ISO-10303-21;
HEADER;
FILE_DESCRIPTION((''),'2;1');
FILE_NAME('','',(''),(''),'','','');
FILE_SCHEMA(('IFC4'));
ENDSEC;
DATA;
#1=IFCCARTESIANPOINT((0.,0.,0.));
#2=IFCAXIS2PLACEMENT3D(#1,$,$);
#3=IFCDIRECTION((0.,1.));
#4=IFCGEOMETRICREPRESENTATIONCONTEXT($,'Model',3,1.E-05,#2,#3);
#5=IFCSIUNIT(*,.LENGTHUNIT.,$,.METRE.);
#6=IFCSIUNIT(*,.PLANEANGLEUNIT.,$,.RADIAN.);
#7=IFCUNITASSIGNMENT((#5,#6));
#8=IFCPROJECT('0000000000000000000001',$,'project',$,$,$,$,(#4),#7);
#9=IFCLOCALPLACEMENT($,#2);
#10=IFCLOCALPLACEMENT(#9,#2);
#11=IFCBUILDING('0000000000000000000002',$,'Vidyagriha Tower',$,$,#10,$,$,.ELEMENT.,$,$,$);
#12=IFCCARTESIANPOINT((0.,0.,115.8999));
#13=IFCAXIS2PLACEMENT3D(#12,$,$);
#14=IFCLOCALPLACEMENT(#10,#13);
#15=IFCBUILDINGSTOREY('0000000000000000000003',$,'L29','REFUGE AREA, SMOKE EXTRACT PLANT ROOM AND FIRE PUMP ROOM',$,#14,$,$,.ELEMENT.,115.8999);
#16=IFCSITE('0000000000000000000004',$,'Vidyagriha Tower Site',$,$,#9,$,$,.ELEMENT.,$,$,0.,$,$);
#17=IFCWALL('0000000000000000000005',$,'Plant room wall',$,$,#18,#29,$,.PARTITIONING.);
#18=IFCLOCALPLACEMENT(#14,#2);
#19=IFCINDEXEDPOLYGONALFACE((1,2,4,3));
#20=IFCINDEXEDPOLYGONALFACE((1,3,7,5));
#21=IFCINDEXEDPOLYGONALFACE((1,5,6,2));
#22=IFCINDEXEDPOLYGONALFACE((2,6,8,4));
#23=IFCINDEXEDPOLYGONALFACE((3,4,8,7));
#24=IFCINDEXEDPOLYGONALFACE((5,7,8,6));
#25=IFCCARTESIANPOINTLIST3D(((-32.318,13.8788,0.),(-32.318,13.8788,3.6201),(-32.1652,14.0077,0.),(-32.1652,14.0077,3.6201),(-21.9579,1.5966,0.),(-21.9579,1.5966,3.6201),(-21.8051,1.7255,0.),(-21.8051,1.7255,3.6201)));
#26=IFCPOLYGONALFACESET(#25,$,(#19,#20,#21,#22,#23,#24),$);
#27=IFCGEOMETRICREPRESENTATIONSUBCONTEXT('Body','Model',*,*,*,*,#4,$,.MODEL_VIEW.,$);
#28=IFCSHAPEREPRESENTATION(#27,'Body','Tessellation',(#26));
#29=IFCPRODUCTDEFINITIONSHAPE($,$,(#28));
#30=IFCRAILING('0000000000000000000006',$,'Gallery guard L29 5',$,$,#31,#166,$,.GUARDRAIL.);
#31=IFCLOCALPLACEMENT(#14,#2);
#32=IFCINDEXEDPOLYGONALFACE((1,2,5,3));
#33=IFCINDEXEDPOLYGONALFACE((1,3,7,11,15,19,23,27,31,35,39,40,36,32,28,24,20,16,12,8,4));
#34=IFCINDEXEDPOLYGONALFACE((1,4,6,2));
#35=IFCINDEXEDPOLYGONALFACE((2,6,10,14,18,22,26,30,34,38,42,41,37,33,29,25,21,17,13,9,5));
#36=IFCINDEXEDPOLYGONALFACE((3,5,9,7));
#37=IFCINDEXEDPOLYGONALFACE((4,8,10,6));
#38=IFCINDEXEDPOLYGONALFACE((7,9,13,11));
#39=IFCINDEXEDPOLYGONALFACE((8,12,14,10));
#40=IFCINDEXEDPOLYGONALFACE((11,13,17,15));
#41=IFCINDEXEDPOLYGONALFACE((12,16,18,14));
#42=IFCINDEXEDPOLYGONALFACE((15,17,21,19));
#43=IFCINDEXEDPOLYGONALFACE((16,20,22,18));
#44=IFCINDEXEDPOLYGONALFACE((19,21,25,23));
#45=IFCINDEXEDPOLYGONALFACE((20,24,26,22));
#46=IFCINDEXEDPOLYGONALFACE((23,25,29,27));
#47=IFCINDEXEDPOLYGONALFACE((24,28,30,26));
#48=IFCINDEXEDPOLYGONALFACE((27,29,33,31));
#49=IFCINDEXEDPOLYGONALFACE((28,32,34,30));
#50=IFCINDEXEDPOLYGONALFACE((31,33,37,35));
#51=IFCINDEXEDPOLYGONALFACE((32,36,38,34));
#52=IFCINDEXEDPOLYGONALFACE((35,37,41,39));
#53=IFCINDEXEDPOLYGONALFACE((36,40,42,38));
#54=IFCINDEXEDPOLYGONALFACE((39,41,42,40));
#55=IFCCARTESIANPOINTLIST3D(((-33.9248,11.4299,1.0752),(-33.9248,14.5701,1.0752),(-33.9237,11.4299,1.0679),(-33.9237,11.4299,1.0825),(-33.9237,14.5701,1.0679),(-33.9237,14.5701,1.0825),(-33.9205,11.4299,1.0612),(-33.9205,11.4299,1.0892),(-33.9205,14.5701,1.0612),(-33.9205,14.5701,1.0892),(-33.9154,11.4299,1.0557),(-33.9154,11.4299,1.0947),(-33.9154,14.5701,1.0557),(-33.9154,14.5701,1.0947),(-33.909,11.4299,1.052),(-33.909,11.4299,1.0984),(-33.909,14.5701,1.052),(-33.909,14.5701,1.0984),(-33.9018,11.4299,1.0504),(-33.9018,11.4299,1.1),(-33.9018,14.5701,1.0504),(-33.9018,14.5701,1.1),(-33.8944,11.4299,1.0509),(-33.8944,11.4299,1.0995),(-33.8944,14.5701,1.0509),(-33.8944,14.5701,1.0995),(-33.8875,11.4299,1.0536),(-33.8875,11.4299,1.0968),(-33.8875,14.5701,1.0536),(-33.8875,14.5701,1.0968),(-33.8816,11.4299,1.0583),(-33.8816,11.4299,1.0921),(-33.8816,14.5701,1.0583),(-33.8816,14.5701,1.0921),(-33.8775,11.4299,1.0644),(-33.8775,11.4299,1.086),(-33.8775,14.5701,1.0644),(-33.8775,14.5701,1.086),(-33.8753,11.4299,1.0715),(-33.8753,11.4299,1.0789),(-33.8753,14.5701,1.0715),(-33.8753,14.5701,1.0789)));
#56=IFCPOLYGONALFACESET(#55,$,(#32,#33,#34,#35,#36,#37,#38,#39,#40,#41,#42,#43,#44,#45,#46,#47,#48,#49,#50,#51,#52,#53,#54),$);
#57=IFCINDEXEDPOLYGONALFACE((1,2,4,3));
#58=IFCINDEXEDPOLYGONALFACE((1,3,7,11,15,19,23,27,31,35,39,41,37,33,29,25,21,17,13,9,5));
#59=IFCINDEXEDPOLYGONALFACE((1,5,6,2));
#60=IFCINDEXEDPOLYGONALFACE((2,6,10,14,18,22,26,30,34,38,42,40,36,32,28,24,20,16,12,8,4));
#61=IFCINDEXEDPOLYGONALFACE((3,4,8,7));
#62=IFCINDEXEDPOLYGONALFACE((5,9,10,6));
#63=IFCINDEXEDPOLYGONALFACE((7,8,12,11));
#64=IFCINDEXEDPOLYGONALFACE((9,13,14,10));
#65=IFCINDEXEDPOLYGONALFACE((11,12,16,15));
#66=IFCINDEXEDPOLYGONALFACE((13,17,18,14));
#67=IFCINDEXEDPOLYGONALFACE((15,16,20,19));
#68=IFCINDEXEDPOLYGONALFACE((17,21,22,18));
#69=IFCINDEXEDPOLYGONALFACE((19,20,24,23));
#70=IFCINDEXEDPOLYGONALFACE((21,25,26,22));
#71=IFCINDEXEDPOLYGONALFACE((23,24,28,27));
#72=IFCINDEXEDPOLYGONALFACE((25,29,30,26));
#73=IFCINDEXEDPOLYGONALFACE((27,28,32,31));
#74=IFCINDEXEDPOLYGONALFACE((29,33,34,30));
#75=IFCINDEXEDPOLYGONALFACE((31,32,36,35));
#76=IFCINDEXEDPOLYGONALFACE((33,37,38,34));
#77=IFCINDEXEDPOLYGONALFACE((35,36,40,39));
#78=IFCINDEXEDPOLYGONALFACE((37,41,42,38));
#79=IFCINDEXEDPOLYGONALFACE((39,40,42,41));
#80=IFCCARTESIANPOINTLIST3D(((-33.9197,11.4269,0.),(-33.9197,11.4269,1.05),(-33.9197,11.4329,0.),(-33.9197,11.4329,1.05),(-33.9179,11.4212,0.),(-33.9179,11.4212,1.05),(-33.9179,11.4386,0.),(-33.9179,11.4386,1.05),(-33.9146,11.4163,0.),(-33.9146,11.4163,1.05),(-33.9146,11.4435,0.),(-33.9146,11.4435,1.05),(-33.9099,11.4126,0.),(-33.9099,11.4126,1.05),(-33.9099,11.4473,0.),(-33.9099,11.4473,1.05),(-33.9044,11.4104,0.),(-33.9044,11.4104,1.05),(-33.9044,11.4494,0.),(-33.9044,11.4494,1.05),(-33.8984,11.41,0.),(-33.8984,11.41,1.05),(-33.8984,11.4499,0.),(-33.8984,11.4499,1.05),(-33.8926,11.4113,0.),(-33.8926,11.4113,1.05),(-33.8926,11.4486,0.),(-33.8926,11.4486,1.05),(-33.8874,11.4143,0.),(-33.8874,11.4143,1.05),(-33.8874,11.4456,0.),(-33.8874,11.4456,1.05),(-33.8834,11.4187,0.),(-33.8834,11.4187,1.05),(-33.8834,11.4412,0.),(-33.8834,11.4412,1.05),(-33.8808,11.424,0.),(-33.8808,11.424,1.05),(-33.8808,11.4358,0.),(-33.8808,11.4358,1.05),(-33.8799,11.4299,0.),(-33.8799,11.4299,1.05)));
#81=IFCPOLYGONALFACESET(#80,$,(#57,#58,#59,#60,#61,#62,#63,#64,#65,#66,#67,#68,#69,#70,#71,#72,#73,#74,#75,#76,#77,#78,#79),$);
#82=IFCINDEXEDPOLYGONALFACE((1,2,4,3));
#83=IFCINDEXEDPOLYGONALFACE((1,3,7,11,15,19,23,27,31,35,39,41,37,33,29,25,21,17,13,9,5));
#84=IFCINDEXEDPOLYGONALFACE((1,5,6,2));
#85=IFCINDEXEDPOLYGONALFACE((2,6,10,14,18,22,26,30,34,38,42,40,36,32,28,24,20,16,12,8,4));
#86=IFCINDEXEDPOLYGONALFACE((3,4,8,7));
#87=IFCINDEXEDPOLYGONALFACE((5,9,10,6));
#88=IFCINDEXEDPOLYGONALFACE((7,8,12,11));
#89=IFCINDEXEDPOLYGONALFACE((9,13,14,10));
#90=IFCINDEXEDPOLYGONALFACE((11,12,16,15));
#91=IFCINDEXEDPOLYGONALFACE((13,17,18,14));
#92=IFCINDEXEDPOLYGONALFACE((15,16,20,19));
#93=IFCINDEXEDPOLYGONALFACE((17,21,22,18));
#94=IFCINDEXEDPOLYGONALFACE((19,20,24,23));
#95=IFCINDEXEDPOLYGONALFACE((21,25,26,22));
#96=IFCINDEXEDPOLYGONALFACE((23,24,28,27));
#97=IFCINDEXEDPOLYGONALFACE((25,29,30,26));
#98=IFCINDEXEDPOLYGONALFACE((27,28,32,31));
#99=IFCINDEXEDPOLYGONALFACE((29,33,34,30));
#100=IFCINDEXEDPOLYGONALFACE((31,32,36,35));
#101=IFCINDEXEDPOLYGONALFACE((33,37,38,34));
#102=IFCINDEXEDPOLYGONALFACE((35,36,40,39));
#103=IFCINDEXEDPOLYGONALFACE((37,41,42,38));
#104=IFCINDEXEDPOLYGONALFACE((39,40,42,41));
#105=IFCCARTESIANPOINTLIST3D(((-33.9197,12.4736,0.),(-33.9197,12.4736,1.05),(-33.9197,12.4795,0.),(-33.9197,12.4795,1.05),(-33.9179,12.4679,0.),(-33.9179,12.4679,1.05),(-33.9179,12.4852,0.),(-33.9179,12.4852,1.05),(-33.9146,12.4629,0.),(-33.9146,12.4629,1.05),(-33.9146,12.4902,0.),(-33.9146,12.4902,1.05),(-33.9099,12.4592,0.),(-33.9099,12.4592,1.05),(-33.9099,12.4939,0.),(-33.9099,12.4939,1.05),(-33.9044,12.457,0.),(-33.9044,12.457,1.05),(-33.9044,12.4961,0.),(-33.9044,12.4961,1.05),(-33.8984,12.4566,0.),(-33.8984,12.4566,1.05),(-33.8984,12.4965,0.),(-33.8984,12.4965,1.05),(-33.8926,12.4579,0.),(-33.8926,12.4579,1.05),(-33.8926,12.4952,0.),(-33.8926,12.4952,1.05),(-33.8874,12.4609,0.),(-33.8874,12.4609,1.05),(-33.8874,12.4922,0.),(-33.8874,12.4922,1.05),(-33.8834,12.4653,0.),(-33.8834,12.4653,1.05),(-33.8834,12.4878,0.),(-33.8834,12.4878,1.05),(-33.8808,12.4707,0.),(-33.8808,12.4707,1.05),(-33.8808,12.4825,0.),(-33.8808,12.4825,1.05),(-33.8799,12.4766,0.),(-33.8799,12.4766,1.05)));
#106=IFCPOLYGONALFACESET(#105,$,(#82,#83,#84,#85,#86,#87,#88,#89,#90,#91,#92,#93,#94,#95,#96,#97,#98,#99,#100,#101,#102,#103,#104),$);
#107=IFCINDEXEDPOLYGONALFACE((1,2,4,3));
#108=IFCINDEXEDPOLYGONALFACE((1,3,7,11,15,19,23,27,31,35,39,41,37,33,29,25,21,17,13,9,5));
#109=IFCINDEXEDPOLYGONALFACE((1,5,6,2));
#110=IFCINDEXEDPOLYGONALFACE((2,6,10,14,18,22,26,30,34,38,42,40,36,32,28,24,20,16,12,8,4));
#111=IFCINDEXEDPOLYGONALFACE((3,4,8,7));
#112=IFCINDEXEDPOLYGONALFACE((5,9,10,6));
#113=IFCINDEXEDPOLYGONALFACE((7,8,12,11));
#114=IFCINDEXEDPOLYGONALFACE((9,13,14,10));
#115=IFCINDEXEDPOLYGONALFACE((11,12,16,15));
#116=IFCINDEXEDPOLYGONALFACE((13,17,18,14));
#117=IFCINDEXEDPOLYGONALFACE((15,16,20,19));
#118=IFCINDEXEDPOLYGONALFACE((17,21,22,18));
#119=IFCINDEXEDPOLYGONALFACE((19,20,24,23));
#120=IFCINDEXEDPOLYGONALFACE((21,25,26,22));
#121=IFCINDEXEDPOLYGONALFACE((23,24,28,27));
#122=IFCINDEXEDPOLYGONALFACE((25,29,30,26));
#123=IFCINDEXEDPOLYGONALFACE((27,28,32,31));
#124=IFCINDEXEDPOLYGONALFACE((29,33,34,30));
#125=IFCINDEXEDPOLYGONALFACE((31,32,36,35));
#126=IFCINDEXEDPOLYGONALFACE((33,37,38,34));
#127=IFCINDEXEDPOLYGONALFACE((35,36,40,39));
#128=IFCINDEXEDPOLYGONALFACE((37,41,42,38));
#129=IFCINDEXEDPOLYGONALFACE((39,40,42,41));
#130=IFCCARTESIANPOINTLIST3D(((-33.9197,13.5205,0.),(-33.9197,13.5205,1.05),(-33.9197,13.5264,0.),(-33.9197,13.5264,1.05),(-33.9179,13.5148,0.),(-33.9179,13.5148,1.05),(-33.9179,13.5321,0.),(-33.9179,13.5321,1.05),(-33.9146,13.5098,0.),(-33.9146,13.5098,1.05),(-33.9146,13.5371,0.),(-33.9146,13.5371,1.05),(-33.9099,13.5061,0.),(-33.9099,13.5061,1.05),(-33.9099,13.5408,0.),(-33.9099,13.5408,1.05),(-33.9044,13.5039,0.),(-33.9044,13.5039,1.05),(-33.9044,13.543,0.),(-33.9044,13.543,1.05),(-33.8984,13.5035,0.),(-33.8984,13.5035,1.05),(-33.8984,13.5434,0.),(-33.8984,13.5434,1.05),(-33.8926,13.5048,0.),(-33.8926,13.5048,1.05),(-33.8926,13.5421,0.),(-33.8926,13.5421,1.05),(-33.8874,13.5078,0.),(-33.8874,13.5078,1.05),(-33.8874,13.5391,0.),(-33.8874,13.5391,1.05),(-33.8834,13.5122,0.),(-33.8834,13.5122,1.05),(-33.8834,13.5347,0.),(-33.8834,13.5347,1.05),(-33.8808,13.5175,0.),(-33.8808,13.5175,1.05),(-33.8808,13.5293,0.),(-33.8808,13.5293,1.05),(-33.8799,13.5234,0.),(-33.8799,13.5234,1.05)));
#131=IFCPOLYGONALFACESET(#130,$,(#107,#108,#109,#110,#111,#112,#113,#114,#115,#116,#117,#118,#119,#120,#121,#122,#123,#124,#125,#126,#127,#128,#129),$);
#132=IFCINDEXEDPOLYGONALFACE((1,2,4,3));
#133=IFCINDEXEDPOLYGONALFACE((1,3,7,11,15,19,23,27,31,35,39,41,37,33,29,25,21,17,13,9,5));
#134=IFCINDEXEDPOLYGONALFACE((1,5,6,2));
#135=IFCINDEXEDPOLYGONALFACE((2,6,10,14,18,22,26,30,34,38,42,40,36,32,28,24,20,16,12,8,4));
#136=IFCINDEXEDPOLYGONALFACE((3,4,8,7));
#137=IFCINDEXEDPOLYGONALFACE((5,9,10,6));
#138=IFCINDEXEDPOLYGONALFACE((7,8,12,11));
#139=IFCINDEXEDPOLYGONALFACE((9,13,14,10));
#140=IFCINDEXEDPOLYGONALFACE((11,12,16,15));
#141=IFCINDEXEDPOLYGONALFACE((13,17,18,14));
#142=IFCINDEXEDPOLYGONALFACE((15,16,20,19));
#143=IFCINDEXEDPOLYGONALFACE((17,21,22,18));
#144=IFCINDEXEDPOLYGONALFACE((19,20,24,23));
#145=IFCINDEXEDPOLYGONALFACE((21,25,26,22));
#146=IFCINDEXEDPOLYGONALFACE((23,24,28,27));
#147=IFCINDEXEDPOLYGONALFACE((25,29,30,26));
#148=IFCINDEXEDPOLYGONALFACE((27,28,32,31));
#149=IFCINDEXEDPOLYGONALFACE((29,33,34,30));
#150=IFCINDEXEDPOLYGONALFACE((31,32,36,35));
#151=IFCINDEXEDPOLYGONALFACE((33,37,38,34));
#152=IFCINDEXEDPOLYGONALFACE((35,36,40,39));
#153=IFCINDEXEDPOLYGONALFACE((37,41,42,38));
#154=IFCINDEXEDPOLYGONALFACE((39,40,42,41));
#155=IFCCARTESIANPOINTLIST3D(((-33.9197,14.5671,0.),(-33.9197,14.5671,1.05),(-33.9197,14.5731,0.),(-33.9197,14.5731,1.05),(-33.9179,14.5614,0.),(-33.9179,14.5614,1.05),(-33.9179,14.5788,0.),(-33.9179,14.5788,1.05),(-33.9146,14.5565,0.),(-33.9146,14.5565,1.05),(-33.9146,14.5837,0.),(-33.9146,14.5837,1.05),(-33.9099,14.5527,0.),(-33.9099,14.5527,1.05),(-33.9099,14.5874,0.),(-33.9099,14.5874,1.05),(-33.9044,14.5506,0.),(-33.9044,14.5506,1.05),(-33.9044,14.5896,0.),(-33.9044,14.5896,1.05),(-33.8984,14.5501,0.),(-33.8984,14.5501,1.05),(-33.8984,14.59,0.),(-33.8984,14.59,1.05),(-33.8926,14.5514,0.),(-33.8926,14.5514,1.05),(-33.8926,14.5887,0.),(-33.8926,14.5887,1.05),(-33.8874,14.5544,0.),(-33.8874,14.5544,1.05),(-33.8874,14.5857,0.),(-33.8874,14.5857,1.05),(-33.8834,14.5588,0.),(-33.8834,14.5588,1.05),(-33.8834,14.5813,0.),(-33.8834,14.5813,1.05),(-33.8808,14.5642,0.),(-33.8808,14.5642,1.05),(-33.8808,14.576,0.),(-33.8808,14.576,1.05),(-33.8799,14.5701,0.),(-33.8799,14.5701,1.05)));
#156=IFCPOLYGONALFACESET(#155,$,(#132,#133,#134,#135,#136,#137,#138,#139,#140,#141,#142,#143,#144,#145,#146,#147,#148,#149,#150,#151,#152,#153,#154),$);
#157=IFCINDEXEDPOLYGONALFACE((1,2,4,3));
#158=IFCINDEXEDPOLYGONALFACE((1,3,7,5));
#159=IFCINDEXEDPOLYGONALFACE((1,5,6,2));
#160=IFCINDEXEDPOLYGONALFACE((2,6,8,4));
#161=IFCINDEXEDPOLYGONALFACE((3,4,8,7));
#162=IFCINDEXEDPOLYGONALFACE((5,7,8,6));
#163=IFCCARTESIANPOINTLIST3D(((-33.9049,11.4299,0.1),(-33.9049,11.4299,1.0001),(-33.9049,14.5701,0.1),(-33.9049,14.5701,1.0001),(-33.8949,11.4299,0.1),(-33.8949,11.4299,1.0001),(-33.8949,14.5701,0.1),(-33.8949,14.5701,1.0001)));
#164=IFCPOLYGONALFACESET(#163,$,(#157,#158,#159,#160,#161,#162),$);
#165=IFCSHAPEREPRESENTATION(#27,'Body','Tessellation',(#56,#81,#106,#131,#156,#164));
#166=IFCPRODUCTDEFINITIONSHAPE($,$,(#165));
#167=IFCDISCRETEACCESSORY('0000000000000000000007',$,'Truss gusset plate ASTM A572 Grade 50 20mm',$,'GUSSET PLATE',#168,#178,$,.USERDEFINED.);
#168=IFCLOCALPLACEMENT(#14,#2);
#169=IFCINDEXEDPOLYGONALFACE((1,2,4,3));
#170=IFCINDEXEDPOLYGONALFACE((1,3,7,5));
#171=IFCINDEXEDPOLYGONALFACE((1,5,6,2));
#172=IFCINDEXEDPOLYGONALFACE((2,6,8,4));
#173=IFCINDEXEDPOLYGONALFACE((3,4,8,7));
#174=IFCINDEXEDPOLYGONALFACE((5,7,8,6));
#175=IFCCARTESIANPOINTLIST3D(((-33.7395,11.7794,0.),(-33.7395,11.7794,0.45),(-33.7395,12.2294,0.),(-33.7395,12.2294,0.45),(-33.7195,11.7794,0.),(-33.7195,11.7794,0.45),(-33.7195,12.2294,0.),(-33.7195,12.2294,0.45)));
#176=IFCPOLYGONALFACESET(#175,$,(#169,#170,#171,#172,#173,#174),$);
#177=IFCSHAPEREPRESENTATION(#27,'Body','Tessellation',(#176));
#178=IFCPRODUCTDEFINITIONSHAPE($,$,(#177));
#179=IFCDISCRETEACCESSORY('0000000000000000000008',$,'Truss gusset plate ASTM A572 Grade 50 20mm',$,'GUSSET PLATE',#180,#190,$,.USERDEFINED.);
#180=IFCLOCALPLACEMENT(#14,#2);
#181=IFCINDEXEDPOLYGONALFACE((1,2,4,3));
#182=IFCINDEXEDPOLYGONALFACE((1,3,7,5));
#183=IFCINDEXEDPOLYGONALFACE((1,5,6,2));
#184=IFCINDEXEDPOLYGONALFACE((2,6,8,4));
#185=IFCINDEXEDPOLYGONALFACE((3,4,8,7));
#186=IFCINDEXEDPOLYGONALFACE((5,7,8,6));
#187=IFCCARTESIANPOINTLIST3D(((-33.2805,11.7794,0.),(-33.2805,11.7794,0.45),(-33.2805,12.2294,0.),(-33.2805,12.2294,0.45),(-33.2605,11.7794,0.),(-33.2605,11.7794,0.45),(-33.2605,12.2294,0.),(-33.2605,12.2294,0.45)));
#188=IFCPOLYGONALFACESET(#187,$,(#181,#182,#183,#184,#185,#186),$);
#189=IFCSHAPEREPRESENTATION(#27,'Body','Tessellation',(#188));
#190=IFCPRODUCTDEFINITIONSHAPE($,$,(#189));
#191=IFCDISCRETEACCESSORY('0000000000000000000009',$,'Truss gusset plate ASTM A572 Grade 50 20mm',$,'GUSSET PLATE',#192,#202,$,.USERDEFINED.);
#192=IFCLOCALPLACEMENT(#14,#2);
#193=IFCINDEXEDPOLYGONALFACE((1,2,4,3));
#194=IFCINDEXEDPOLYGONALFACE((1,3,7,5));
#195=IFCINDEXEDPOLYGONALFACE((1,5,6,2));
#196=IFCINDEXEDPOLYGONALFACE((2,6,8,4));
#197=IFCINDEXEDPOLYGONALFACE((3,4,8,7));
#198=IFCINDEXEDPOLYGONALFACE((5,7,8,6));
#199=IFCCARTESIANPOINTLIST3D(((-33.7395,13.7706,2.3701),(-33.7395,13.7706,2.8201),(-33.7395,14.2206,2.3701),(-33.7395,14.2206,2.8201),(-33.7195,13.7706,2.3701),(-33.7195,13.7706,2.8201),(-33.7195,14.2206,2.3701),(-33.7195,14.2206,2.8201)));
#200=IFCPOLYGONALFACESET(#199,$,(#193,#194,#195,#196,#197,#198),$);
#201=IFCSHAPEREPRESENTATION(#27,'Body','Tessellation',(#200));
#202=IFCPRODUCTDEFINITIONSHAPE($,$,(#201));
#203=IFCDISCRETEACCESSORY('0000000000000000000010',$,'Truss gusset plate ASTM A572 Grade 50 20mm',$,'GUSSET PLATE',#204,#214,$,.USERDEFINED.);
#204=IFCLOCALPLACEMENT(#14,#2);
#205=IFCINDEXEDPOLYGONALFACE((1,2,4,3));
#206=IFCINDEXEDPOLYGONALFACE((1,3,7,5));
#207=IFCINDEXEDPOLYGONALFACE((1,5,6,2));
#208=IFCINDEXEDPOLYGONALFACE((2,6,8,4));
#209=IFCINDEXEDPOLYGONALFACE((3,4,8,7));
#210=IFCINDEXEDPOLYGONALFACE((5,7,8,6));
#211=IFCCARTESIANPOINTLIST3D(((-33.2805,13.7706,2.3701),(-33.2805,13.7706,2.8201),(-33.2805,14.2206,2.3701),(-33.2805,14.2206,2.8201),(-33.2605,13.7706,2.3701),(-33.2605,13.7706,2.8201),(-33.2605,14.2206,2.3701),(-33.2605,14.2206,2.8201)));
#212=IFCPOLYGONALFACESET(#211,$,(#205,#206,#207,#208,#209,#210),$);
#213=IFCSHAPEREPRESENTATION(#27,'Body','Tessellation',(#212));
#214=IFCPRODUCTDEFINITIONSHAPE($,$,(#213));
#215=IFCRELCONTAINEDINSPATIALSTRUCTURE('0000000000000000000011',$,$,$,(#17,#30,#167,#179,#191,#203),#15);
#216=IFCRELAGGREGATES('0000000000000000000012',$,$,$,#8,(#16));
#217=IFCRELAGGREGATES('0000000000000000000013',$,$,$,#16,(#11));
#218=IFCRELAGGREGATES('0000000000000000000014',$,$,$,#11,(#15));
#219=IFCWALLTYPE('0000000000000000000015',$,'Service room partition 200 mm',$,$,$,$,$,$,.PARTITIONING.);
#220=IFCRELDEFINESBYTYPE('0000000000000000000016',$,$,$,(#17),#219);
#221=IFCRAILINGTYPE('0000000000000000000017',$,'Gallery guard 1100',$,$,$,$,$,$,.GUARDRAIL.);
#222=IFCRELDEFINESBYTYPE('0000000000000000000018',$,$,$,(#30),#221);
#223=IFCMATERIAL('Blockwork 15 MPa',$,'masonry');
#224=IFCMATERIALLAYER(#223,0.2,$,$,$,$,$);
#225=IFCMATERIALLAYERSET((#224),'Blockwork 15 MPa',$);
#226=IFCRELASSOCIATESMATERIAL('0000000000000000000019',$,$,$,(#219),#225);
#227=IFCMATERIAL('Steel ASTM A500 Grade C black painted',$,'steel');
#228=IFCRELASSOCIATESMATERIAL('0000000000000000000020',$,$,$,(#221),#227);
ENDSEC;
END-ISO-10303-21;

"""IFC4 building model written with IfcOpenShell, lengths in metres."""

from ifc_helpers import new_model, si_unit, direction, frame, frame_2d, origin, origin_2d, place, context, subcontext, project, spatial, rectangle, circle, extrude, material, layer, layer_set, type_object, element, save


model = new_model("IFC4")

# Units and contexts
model_context = context("Model", 3, precision=1e-05, world=origin(), true_north=direction((0.0, 1.0)))
body_context = subcontext(model_context, "Body", "Model", "MODEL_VIEW")
ifc_project = project(units=[si_unit("LENGTHUNIT", "METRE"), si_unit("PLANEANGLEUNIT", "RADIAN")], contexts=[model_context])

# Site, building, storey
site_placement = place(None, origin())
site = spatial("IfcSite", under=ifc_project, at=site_placement, Name="Vidyagriha Tower Site", CompositionType="ELEMENT", RefElevation=0.0)
building_placement = place(site_placement, origin())
building = spatial("IfcBuilding", under=site, at=building_placement, Name="Vidyagriha Tower", CompositionType="ELEMENT")
storey_placement = place(building_placement, frame((0.0, 0.0, 115.8999)))
storey = spatial("IfcBuildingStorey", under=building, at=storey_placement, Name="L29", Description="REFUGE AREA, SMOKE EXTRACT PLANT ROOM AND FIRE PUMP ROOM", CompositionType="ELEMENT", Elevation=115.8999)

# Wall
ifc_material_1 = material(Name="Blockwork 15 MPa", Category="masonry")
ifc_layer_1 = layer(ifc_material_1, 0.2)
ifc_layer_set_1 = layer_set([ifc_layer_1], Name="Blockwork 15 MPa")
wall_type_1 = type_object("IfcWallType", Name="Service room partition 200 mm", PredefinedType="PARTITIONING", material=ifc_layer_set_1)
wall_1_placement = place(storey_placement, frame((-32.2417, 13.9434, 0.0), z_axis=(0.0, 0.0, 1.0), x_axis=(0.644761, -0.764384, 0.0)))
element("IfcWall", 1, at=wall_1_placement, inside=storey, type_object=wall_type_1, Name="Plant room wall", PredefinedType="PARTITIONING", context=body_context, shape_type="SweptSolid", body=[
    extrude(rectangle(XDim=16.0681, YDim=0.2, at=frame_2d((8.0342, 0.0))), origin(), (0.0, 0.0, 1.0), 3.6201),
])

# Railing
ifc_material_2 = material(Name="Steel ASTM A500 Grade C black painted", Category="steel")
railing_type = type_object("IfcRailingType", Name="Gallery guard 1100", PredefinedType="GUARDRAIL", material=ifc_material_2)
railing_1_placement = place(storey_placement, frame((-33.8999, 11.4299, 0.0)))
element("IfcRailing", 2, at=railing_1_placement, inside=storey, type_object=railing_type, Name="Gallery guard L29 5", PredefinedType="GUARDRAIL", context=body_context, shape_type="SweptSolid", body=[
    extrude(circle(Radius=0.0249, at=origin_2d()), frame((0.0, 0.0, 1.0752), z_axis=(0.0, 1.0, 0.0), x_axis=(-1.0, 0.0, 0.0)), (0.0, 0.0, 1.0), 3.1401),
    extrude(circle(Radius=0.02, at=origin_2d()), origin(), (0.0, 0.0, 1.0), 1.05),
    extrude(circle(Radius=0.02, at=origin_2d()), frame((0.0, 1.0466, 0.0)), (0.0, 0.0, 1.0), 1.05),
    extrude(circle(Radius=0.02, at=origin_2d()), frame((0.0, 2.0935, 0.0)), (0.0, 0.0, 1.0), 1.05),
    extrude(circle(Radius=0.02, at=origin_2d()), frame((0.0, 3.1401, 0.0)), (0.0, 0.0, 1.0), 1.05),
    extrude(rectangle(XDim=0.01, YDim=0.9001, at=origin_2d()), frame((0.0, 0.0, 0.55), z_axis=(0.0, 1.0, 0.0), x_axis=(-1.0, 0.0, 0.0)), (0.0, 0.0, 1.0), 3.1401),
])

# Discrete accessories
for number, where, z_axis, x_axis, name in (
    (3, (-33.7295, 12.0044, 0.0), (0.0, 0.0, 1.0), (0.0, 1.0, 0.0), "Truss gusset plate ASTM A572 Grade 50 20mm"),
    (4, (-33.2705, 12.0044, 0.0), (0.0, 0.0, 1.0), (0.0, 1.0, 0.0), "Truss gusset plate ASTM A572 Grade 50 20mm"),
    (5, (-33.7295, 13.9956, 2.3701), (0.0, 0.0, 1.0), (0.0, 1.0, 0.0), "Truss gusset plate ASTM A572 Grade 50 20mm"),
    (6, (-33.2705, 13.9956, 2.3701), (0.0, 0.0, 1.0), (0.0, 1.0, 0.0), "Truss gusset plate ASTM A572 Grade 50 20mm"),
):
    element("IfcDiscreteAccessory", number, at=place(storey_placement, frame(where, z_axis=z_axis, x_axis=x_axis)), inside=storey, Name=name, ObjectType="GUSSET PLATE", PredefinedType="USERDEFINED", context=body_context, shape_type="SweptSolid", body=[
        extrude(rectangle(XDim=0.45, YDim=0.02, at=origin_2d()), origin(), (0.0, 0.0, 1.0), 0.45),
    ])

save(model, "model.ifc")
